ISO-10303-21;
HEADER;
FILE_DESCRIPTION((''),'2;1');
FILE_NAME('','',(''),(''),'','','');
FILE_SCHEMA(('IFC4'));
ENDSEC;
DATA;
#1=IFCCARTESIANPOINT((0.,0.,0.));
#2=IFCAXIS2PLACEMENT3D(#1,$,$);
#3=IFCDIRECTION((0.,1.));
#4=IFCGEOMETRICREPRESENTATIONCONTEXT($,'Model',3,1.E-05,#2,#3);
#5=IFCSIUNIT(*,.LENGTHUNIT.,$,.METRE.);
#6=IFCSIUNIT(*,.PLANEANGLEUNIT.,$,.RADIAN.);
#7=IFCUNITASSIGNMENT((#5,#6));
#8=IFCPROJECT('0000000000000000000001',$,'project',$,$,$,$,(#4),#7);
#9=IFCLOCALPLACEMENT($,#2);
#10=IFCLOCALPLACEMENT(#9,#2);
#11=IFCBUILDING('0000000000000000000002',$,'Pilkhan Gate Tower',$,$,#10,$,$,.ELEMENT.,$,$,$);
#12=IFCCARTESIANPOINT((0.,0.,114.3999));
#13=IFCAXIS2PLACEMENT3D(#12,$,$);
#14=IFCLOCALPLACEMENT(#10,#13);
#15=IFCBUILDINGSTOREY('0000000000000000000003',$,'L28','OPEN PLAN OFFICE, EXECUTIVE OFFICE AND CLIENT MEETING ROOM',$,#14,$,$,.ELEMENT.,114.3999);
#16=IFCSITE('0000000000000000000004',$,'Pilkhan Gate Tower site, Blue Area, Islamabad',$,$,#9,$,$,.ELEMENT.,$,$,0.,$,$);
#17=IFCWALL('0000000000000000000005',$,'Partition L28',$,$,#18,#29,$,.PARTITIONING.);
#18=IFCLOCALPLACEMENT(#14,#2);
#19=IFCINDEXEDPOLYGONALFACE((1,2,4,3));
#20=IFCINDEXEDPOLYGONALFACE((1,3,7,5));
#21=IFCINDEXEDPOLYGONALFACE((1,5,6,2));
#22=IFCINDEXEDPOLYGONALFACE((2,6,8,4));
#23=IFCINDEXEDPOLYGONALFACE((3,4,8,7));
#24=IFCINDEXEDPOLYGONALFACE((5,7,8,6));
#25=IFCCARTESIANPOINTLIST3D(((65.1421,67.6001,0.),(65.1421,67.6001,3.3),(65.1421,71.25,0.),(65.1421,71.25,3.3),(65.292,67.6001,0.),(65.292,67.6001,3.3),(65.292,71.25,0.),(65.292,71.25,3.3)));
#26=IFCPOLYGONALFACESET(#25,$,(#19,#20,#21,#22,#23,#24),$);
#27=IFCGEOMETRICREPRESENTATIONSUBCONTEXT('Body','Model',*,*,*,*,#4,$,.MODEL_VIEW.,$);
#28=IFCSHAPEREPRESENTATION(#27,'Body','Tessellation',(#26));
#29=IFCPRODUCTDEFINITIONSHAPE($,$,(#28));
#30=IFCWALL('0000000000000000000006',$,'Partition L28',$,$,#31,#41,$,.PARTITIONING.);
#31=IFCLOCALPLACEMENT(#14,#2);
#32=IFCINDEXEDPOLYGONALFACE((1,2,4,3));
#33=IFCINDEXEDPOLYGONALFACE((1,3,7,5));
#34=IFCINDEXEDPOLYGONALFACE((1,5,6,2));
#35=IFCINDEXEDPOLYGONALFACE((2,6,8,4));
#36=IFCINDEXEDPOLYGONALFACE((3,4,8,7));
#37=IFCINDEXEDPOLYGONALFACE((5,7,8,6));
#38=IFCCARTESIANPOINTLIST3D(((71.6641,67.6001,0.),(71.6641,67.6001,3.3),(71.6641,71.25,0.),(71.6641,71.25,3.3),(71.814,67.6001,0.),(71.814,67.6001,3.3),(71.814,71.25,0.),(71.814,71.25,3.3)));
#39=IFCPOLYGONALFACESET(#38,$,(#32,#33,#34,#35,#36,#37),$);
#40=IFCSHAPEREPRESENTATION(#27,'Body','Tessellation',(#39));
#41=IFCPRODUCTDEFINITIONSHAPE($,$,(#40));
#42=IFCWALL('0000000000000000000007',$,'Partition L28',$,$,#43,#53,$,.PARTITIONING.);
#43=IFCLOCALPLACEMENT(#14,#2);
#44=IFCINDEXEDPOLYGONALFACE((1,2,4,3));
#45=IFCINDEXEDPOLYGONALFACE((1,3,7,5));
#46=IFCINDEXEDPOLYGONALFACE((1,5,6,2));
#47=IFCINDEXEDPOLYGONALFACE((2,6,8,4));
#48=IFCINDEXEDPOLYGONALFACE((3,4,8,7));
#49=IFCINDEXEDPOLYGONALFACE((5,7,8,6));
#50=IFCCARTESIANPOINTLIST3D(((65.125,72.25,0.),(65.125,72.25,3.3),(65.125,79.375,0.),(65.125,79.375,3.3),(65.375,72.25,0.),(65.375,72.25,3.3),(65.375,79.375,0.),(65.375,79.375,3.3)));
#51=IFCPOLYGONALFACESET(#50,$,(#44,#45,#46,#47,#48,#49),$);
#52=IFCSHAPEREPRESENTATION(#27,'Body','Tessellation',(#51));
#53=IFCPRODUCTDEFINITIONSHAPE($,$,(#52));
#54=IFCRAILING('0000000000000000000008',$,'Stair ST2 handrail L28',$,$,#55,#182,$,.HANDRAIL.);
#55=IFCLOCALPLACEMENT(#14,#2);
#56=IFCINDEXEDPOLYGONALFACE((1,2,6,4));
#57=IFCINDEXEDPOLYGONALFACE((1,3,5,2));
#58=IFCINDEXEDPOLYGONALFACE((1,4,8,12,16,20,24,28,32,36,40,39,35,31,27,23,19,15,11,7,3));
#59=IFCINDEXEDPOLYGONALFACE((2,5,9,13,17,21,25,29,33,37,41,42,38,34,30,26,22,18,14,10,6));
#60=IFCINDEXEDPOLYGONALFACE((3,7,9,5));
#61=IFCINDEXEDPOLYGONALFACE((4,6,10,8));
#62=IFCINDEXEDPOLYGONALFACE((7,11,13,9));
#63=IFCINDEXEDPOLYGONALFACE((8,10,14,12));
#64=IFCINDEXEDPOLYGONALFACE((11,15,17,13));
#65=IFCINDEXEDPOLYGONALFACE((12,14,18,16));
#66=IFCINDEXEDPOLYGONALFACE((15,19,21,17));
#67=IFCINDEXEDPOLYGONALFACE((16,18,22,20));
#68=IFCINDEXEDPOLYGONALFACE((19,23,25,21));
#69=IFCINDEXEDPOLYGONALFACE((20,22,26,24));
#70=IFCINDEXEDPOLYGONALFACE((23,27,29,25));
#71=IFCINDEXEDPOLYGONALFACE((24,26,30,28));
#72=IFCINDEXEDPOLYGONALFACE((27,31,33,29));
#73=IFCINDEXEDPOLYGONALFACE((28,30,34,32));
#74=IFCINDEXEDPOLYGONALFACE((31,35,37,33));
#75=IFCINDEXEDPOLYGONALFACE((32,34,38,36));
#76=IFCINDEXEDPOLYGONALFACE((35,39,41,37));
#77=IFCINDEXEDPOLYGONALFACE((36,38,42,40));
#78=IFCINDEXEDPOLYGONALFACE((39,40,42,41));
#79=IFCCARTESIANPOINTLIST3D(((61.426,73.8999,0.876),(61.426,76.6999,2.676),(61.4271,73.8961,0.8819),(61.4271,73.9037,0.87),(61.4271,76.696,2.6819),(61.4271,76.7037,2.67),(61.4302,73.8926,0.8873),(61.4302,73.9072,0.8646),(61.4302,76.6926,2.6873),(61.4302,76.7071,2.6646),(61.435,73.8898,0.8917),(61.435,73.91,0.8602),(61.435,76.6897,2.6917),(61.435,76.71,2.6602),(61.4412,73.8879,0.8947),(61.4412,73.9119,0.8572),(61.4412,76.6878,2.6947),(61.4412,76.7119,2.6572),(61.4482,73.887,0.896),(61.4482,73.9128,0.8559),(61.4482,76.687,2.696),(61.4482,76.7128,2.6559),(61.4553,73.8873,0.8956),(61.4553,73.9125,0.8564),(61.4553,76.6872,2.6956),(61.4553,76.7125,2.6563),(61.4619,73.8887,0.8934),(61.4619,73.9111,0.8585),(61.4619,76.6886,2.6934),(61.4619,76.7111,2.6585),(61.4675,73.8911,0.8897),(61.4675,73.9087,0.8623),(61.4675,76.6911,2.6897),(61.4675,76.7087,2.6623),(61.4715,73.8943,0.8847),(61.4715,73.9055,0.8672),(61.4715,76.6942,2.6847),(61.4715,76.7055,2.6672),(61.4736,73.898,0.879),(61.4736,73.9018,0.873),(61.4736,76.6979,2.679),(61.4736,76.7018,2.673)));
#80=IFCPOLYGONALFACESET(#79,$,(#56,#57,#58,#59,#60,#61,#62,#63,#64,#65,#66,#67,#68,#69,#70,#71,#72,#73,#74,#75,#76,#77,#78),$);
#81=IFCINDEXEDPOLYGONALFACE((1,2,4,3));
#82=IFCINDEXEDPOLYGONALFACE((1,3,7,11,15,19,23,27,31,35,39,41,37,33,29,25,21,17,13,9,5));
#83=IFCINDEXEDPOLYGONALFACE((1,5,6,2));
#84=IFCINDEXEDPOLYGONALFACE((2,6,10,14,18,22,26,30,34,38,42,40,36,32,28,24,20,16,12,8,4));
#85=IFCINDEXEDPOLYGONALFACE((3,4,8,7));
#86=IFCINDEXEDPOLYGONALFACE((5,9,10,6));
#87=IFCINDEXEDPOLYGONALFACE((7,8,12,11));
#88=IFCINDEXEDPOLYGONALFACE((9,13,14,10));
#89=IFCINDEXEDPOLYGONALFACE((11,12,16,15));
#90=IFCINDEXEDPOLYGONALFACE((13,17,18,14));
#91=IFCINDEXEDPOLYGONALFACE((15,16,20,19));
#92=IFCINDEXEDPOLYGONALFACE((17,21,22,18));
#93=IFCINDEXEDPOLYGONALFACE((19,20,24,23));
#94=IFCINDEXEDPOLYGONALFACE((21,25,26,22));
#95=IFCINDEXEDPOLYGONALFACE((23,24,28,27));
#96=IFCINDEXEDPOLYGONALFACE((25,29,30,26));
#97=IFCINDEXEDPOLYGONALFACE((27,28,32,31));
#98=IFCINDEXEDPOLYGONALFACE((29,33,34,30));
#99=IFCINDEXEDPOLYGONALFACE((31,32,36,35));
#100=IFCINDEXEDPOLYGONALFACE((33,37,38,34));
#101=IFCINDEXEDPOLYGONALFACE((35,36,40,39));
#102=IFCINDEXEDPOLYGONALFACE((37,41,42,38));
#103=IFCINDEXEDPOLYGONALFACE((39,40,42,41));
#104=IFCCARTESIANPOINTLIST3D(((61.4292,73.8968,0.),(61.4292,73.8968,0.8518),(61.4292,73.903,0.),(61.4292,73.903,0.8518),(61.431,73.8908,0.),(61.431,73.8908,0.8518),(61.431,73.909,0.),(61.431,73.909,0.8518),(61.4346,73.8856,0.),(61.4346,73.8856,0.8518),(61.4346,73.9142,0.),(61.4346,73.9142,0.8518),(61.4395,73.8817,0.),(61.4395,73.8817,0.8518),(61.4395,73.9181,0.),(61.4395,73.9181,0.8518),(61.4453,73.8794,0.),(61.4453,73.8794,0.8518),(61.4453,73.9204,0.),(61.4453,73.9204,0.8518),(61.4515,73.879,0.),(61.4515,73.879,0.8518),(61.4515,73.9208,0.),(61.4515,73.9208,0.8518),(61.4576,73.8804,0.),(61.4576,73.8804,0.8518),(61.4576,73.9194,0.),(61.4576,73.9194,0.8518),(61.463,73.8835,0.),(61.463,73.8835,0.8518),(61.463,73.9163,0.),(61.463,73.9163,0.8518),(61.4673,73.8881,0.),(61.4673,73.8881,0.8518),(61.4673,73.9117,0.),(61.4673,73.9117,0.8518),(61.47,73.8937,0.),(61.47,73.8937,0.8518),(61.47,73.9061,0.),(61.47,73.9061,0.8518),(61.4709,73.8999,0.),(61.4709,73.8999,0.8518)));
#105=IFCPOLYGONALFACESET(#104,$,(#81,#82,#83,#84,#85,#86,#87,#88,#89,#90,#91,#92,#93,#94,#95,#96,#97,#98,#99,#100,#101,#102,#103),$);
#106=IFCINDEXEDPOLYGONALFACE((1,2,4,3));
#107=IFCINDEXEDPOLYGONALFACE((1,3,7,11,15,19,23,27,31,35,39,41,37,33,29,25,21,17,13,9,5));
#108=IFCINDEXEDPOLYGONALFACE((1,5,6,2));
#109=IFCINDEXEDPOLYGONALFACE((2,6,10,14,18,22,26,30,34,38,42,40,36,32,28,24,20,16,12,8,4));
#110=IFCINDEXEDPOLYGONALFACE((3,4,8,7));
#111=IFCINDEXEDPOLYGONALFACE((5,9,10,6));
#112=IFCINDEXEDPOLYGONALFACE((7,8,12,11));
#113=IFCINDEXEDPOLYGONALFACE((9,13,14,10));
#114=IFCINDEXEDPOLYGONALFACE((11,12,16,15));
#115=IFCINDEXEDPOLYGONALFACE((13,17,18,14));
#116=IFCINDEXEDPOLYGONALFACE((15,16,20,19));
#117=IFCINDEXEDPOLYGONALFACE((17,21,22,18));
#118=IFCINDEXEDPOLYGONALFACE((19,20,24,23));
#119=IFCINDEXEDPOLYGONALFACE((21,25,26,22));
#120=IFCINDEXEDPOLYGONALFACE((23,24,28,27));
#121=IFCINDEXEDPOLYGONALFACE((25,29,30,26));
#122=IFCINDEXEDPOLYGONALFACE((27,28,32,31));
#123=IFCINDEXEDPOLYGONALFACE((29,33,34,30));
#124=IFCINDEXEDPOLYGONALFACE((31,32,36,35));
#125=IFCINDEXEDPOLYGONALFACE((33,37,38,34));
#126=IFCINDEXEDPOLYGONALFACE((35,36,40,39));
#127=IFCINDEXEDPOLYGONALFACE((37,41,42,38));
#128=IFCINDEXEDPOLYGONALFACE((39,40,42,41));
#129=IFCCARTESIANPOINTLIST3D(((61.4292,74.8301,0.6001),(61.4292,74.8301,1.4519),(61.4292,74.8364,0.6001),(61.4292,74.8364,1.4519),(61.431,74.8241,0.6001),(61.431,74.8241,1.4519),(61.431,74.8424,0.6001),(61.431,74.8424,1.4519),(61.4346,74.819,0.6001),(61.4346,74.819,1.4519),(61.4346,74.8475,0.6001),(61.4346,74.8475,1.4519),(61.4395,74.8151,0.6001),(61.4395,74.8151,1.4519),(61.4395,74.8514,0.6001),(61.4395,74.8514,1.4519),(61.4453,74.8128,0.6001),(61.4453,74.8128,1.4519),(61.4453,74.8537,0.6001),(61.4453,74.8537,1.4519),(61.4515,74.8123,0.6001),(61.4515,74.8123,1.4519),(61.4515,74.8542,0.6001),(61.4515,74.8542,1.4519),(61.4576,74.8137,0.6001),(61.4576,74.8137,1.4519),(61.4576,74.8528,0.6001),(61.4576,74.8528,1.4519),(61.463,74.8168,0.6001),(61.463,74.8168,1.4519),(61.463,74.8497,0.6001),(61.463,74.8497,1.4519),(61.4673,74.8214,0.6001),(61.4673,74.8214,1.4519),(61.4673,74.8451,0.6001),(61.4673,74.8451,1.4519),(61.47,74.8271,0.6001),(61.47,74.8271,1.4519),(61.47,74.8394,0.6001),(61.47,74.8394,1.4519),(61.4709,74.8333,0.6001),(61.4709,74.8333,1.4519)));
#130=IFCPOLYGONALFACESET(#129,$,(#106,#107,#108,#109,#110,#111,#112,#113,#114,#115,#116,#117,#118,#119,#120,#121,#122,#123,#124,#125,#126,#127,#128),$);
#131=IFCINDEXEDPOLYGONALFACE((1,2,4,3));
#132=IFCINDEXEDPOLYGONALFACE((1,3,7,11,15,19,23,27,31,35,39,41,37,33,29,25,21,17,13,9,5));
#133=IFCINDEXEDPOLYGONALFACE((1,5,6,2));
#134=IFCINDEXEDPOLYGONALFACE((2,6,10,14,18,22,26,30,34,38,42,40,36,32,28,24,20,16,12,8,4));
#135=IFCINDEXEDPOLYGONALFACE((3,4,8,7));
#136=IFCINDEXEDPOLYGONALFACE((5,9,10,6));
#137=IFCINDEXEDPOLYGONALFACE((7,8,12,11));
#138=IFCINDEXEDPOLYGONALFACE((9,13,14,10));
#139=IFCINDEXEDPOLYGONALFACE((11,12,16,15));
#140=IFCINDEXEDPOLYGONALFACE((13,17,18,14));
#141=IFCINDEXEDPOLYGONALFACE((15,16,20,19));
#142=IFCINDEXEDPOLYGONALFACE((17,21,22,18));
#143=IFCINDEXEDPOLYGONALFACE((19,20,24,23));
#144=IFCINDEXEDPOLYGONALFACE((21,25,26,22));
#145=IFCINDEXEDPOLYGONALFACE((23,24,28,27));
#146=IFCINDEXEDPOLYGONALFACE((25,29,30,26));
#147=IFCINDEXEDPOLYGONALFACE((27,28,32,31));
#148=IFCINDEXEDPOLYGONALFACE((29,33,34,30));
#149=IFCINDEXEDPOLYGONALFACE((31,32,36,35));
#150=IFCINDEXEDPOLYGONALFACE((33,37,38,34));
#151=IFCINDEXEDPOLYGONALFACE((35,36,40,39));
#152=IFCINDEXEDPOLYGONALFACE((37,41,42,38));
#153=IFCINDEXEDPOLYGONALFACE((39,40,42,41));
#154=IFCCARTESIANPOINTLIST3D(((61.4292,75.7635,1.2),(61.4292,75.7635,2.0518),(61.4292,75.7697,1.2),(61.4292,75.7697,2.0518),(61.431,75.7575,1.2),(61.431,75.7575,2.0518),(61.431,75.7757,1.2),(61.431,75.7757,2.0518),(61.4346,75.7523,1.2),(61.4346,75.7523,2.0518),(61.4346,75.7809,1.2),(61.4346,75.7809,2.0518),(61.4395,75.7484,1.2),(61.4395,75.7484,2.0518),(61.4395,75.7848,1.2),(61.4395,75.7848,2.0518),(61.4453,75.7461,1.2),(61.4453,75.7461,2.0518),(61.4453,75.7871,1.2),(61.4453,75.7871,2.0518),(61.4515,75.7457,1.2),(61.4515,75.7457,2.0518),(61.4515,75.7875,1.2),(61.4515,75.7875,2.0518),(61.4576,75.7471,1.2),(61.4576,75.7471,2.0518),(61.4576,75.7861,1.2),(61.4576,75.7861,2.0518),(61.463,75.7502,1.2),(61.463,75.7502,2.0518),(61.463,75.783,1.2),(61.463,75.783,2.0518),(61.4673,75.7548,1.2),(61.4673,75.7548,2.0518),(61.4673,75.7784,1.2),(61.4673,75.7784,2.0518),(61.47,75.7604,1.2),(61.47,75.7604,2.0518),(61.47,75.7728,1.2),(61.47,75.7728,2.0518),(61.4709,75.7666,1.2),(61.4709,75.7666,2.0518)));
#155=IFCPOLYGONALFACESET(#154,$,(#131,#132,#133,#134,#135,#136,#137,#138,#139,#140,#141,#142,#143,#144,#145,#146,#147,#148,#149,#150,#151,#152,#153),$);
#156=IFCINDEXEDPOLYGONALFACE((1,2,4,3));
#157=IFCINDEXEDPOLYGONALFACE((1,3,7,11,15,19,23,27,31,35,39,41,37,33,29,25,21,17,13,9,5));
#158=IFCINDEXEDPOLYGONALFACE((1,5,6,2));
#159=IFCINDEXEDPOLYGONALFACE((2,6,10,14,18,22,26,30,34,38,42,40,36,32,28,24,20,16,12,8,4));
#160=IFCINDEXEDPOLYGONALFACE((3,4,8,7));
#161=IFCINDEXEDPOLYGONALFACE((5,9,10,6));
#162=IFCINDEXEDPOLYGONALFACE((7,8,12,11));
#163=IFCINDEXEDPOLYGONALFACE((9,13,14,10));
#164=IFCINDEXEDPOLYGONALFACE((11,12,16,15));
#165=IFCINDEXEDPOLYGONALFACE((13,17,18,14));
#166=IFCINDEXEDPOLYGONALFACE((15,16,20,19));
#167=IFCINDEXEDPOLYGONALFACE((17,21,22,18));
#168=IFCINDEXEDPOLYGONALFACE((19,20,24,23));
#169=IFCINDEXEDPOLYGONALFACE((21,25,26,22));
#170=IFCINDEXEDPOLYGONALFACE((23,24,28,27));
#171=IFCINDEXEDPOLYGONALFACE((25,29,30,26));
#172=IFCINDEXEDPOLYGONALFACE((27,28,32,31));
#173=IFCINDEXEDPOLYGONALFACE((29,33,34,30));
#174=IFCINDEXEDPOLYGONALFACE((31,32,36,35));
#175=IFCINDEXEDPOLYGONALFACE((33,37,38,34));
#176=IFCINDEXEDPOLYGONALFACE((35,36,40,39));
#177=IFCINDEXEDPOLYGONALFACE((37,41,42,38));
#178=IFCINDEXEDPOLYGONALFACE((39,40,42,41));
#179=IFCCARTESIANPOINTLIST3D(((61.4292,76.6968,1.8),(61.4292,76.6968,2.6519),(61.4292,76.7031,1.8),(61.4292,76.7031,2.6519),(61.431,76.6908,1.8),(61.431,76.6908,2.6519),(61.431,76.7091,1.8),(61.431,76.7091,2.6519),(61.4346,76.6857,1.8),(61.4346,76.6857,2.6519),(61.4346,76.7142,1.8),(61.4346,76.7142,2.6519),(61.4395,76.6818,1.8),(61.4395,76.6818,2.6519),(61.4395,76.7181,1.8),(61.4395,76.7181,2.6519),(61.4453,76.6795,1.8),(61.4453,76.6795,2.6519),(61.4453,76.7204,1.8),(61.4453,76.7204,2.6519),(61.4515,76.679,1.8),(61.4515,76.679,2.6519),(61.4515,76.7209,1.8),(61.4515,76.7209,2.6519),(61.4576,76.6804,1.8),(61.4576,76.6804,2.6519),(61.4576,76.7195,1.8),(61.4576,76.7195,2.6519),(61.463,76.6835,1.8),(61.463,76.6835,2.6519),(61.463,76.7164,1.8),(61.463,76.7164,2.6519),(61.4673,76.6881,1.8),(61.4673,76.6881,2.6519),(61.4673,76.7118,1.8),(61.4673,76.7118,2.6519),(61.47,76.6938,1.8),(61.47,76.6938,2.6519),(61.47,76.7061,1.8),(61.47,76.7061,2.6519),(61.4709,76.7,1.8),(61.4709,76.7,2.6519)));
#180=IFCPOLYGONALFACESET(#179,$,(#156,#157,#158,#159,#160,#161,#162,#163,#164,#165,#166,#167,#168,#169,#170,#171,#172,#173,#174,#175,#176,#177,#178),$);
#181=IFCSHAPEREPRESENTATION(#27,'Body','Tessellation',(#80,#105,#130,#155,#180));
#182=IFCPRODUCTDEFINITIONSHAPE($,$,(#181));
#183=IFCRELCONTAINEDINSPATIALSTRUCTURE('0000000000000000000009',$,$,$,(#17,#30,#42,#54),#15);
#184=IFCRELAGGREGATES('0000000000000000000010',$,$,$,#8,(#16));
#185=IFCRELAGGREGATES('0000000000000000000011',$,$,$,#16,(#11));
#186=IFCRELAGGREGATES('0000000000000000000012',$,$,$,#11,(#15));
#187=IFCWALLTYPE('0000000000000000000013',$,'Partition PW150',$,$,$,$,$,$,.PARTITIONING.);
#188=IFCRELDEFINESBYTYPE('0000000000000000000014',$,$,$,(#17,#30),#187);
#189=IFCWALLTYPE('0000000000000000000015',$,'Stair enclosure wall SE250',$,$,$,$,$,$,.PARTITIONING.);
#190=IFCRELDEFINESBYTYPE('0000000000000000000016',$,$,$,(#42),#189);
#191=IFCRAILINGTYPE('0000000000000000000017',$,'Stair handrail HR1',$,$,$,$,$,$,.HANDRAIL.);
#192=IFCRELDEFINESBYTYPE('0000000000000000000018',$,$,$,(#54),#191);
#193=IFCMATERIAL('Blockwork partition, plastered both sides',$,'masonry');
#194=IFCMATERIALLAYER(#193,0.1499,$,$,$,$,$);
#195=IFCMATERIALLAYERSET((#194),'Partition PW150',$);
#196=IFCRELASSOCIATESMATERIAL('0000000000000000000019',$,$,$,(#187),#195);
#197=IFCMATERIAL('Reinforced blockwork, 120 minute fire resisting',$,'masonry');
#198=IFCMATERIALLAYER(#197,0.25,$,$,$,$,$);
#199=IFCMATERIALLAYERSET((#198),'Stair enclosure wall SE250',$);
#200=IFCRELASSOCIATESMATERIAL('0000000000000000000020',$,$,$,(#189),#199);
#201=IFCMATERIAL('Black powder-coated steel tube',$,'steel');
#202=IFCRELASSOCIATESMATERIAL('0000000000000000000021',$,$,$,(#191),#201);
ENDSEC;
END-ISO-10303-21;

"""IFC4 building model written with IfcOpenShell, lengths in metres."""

from ifc_helpers import new_model, si_unit, direction, frame, frame_2d, origin, origin_2d, place, context, subcontext, project, spatial, rectangle, circle, extrude, material, layer, layer_set, type_object, element, save


model = new_model("IFC4")

# Units and contexts
model_context = context("Model", 3, precision=1e-05, world=origin(), true_north=direction((0.0, 1.0)))
body_context = subcontext(model_context, "Body", "Model", "MODEL_VIEW")
ifc_project = project(units=[si_unit("LENGTHUNIT", "METRE"), si_unit("PLANEANGLEUNIT", "RADIAN")], contexts=[model_context])

# Site, building, storey
site_placement = place(None, origin())
site = spatial("IfcSite", under=ifc_project, at=site_placement, Name="Pilkhan Gate Tower site, Blue Area, Islamabad", CompositionType="ELEMENT", RefElevation=0.0)
building_placement = place(site_placement, origin())
building = spatial("IfcBuilding", under=site, at=building_placement, Name="Pilkhan Gate Tower", CompositionType="ELEMENT")
storey_placement = place(building_placement, frame((0.0, 0.0, 114.3999)))
storey = spatial("IfcBuildingStorey", under=building, at=storey_placement, Name="L28", Description="OPEN PLAN OFFICE, EXECUTIVE OFFICE AND CLIENT MEETING ROOM", CompositionType="ELEMENT", Elevation=114.3999)

# Walls
ifc_material_1 = material(Name="Blockwork partition, plastered both sides", Category="masonry")
ifc_layer_1 = layer(ifc_material_1, 0.1499)
ifc_layer_set_1 = layer_set([ifc_layer_1], Name="Partition PW150")
wall_type_1 = type_object("IfcWallType", Name="Partition PW150", PredefinedType="PARTITIONING", material=ifc_layer_set_1)
for number, where, z_axis, x_axis, name in (
    (1, (65.217, 67.6001, 0.0), (0.0, 0.0, 1.0), (0.0, 1.0, 0.0), "Partition L28"),
    (2, (71.739, 67.6001, 0.0), (0.0, 0.0, 1.0), (0.0, 1.0, 0.0), "Partition L28"),
):
    element("IfcWall", number, at=place(storey_placement, frame(where, z_axis=z_axis, x_axis=x_axis)), inside=storey, type_object=wall_type_1, Name=name, PredefinedType="PARTITIONING", context=body_context, shape_type="SweptSolid", body=[
        extrude(rectangle(XDim=3.6499, YDim=0.1499, at=frame_2d((1.825, 0.0))), origin(), (0.0, 0.0, 1.0), 3.3),
    ])
ifc_material_2 = material(Name="Reinforced blockwork, 120 minute fire resisting", Category="masonry")
ifc_layer_2 = layer(ifc_material_2, 0.25)
ifc_layer_set_2 = layer_set([ifc_layer_2], Name="Stair enclosure wall SE250")
wall_type_2 = type_object("IfcWallType", Name="Stair enclosure wall SE250", PredefinedType="PARTITIONING", material=ifc_layer_set_2)
wall_1_placement = place(storey_placement, frame((65.25, 72.25, 0.0), z_axis=(0.0, 0.0, 1.0), x_axis=(0.0, 1.0, 0.0)))
element("IfcWall", 3, at=wall_1_placement, inside=storey, type_object=wall_type_2, Name="Partition L28", PredefinedType="PARTITIONING", context=body_context, shape_type="SweptSolid", body=[
    extrude(rectangle(XDim=7.125, YDim=0.25, at=frame_2d((3.5625, 0.0))), origin(), (0.0, 0.0, 1.0), 3.3),
])

# Railing
ifc_material_3 = material(Name="Black powder-coated steel tube", Category="steel")
railing_type = type_object("IfcRailingType", Name="Stair handrail HR1", PredefinedType="HANDRAIL", material=ifc_material_3)
railing_placement = place(storey_placement, frame((61.45, 73.8999, 0.0)))
element("IfcRailing", 4, at=railing_placement, inside=storey, type_object=railing_type, Name="Stair ST2 handrail L28", PredefinedType="HANDRAIL", context=body_context, shape_type="SweptSolid", body=[
    extrude(circle(Radius=0.0239, at=origin_2d()), frame((0.0, 0.0, 0.876), z_axis=(0.0, 0.841176, 0.540761), x_axis=(-1.0, 0.0, 0.0)), (0.0, 0.0, 1.0), 3.3286),
    extrude(circle(Radius=0.021, at=origin_2d()), origin(), (0.0, 0.0, 1.0), 0.8518),
    extrude(circle(Radius=0.021, at=origin_2d()), frame((0.0, 0.9333, 0.6001)), (0.0, 0.0, 1.0), 0.8518),
    extrude(circle(Radius=0.021, at=origin_2d()), frame((0.0, 1.8667, 1.2)), (0.0, 0.0, 1.0), 0.8518),
    extrude(circle(Radius=0.021, at=origin_2d()), frame((0.0, 2.8, 1.8)), (0.0, 0.0, 1.0), 0.8518),
])

save(model, "model.ifc")
